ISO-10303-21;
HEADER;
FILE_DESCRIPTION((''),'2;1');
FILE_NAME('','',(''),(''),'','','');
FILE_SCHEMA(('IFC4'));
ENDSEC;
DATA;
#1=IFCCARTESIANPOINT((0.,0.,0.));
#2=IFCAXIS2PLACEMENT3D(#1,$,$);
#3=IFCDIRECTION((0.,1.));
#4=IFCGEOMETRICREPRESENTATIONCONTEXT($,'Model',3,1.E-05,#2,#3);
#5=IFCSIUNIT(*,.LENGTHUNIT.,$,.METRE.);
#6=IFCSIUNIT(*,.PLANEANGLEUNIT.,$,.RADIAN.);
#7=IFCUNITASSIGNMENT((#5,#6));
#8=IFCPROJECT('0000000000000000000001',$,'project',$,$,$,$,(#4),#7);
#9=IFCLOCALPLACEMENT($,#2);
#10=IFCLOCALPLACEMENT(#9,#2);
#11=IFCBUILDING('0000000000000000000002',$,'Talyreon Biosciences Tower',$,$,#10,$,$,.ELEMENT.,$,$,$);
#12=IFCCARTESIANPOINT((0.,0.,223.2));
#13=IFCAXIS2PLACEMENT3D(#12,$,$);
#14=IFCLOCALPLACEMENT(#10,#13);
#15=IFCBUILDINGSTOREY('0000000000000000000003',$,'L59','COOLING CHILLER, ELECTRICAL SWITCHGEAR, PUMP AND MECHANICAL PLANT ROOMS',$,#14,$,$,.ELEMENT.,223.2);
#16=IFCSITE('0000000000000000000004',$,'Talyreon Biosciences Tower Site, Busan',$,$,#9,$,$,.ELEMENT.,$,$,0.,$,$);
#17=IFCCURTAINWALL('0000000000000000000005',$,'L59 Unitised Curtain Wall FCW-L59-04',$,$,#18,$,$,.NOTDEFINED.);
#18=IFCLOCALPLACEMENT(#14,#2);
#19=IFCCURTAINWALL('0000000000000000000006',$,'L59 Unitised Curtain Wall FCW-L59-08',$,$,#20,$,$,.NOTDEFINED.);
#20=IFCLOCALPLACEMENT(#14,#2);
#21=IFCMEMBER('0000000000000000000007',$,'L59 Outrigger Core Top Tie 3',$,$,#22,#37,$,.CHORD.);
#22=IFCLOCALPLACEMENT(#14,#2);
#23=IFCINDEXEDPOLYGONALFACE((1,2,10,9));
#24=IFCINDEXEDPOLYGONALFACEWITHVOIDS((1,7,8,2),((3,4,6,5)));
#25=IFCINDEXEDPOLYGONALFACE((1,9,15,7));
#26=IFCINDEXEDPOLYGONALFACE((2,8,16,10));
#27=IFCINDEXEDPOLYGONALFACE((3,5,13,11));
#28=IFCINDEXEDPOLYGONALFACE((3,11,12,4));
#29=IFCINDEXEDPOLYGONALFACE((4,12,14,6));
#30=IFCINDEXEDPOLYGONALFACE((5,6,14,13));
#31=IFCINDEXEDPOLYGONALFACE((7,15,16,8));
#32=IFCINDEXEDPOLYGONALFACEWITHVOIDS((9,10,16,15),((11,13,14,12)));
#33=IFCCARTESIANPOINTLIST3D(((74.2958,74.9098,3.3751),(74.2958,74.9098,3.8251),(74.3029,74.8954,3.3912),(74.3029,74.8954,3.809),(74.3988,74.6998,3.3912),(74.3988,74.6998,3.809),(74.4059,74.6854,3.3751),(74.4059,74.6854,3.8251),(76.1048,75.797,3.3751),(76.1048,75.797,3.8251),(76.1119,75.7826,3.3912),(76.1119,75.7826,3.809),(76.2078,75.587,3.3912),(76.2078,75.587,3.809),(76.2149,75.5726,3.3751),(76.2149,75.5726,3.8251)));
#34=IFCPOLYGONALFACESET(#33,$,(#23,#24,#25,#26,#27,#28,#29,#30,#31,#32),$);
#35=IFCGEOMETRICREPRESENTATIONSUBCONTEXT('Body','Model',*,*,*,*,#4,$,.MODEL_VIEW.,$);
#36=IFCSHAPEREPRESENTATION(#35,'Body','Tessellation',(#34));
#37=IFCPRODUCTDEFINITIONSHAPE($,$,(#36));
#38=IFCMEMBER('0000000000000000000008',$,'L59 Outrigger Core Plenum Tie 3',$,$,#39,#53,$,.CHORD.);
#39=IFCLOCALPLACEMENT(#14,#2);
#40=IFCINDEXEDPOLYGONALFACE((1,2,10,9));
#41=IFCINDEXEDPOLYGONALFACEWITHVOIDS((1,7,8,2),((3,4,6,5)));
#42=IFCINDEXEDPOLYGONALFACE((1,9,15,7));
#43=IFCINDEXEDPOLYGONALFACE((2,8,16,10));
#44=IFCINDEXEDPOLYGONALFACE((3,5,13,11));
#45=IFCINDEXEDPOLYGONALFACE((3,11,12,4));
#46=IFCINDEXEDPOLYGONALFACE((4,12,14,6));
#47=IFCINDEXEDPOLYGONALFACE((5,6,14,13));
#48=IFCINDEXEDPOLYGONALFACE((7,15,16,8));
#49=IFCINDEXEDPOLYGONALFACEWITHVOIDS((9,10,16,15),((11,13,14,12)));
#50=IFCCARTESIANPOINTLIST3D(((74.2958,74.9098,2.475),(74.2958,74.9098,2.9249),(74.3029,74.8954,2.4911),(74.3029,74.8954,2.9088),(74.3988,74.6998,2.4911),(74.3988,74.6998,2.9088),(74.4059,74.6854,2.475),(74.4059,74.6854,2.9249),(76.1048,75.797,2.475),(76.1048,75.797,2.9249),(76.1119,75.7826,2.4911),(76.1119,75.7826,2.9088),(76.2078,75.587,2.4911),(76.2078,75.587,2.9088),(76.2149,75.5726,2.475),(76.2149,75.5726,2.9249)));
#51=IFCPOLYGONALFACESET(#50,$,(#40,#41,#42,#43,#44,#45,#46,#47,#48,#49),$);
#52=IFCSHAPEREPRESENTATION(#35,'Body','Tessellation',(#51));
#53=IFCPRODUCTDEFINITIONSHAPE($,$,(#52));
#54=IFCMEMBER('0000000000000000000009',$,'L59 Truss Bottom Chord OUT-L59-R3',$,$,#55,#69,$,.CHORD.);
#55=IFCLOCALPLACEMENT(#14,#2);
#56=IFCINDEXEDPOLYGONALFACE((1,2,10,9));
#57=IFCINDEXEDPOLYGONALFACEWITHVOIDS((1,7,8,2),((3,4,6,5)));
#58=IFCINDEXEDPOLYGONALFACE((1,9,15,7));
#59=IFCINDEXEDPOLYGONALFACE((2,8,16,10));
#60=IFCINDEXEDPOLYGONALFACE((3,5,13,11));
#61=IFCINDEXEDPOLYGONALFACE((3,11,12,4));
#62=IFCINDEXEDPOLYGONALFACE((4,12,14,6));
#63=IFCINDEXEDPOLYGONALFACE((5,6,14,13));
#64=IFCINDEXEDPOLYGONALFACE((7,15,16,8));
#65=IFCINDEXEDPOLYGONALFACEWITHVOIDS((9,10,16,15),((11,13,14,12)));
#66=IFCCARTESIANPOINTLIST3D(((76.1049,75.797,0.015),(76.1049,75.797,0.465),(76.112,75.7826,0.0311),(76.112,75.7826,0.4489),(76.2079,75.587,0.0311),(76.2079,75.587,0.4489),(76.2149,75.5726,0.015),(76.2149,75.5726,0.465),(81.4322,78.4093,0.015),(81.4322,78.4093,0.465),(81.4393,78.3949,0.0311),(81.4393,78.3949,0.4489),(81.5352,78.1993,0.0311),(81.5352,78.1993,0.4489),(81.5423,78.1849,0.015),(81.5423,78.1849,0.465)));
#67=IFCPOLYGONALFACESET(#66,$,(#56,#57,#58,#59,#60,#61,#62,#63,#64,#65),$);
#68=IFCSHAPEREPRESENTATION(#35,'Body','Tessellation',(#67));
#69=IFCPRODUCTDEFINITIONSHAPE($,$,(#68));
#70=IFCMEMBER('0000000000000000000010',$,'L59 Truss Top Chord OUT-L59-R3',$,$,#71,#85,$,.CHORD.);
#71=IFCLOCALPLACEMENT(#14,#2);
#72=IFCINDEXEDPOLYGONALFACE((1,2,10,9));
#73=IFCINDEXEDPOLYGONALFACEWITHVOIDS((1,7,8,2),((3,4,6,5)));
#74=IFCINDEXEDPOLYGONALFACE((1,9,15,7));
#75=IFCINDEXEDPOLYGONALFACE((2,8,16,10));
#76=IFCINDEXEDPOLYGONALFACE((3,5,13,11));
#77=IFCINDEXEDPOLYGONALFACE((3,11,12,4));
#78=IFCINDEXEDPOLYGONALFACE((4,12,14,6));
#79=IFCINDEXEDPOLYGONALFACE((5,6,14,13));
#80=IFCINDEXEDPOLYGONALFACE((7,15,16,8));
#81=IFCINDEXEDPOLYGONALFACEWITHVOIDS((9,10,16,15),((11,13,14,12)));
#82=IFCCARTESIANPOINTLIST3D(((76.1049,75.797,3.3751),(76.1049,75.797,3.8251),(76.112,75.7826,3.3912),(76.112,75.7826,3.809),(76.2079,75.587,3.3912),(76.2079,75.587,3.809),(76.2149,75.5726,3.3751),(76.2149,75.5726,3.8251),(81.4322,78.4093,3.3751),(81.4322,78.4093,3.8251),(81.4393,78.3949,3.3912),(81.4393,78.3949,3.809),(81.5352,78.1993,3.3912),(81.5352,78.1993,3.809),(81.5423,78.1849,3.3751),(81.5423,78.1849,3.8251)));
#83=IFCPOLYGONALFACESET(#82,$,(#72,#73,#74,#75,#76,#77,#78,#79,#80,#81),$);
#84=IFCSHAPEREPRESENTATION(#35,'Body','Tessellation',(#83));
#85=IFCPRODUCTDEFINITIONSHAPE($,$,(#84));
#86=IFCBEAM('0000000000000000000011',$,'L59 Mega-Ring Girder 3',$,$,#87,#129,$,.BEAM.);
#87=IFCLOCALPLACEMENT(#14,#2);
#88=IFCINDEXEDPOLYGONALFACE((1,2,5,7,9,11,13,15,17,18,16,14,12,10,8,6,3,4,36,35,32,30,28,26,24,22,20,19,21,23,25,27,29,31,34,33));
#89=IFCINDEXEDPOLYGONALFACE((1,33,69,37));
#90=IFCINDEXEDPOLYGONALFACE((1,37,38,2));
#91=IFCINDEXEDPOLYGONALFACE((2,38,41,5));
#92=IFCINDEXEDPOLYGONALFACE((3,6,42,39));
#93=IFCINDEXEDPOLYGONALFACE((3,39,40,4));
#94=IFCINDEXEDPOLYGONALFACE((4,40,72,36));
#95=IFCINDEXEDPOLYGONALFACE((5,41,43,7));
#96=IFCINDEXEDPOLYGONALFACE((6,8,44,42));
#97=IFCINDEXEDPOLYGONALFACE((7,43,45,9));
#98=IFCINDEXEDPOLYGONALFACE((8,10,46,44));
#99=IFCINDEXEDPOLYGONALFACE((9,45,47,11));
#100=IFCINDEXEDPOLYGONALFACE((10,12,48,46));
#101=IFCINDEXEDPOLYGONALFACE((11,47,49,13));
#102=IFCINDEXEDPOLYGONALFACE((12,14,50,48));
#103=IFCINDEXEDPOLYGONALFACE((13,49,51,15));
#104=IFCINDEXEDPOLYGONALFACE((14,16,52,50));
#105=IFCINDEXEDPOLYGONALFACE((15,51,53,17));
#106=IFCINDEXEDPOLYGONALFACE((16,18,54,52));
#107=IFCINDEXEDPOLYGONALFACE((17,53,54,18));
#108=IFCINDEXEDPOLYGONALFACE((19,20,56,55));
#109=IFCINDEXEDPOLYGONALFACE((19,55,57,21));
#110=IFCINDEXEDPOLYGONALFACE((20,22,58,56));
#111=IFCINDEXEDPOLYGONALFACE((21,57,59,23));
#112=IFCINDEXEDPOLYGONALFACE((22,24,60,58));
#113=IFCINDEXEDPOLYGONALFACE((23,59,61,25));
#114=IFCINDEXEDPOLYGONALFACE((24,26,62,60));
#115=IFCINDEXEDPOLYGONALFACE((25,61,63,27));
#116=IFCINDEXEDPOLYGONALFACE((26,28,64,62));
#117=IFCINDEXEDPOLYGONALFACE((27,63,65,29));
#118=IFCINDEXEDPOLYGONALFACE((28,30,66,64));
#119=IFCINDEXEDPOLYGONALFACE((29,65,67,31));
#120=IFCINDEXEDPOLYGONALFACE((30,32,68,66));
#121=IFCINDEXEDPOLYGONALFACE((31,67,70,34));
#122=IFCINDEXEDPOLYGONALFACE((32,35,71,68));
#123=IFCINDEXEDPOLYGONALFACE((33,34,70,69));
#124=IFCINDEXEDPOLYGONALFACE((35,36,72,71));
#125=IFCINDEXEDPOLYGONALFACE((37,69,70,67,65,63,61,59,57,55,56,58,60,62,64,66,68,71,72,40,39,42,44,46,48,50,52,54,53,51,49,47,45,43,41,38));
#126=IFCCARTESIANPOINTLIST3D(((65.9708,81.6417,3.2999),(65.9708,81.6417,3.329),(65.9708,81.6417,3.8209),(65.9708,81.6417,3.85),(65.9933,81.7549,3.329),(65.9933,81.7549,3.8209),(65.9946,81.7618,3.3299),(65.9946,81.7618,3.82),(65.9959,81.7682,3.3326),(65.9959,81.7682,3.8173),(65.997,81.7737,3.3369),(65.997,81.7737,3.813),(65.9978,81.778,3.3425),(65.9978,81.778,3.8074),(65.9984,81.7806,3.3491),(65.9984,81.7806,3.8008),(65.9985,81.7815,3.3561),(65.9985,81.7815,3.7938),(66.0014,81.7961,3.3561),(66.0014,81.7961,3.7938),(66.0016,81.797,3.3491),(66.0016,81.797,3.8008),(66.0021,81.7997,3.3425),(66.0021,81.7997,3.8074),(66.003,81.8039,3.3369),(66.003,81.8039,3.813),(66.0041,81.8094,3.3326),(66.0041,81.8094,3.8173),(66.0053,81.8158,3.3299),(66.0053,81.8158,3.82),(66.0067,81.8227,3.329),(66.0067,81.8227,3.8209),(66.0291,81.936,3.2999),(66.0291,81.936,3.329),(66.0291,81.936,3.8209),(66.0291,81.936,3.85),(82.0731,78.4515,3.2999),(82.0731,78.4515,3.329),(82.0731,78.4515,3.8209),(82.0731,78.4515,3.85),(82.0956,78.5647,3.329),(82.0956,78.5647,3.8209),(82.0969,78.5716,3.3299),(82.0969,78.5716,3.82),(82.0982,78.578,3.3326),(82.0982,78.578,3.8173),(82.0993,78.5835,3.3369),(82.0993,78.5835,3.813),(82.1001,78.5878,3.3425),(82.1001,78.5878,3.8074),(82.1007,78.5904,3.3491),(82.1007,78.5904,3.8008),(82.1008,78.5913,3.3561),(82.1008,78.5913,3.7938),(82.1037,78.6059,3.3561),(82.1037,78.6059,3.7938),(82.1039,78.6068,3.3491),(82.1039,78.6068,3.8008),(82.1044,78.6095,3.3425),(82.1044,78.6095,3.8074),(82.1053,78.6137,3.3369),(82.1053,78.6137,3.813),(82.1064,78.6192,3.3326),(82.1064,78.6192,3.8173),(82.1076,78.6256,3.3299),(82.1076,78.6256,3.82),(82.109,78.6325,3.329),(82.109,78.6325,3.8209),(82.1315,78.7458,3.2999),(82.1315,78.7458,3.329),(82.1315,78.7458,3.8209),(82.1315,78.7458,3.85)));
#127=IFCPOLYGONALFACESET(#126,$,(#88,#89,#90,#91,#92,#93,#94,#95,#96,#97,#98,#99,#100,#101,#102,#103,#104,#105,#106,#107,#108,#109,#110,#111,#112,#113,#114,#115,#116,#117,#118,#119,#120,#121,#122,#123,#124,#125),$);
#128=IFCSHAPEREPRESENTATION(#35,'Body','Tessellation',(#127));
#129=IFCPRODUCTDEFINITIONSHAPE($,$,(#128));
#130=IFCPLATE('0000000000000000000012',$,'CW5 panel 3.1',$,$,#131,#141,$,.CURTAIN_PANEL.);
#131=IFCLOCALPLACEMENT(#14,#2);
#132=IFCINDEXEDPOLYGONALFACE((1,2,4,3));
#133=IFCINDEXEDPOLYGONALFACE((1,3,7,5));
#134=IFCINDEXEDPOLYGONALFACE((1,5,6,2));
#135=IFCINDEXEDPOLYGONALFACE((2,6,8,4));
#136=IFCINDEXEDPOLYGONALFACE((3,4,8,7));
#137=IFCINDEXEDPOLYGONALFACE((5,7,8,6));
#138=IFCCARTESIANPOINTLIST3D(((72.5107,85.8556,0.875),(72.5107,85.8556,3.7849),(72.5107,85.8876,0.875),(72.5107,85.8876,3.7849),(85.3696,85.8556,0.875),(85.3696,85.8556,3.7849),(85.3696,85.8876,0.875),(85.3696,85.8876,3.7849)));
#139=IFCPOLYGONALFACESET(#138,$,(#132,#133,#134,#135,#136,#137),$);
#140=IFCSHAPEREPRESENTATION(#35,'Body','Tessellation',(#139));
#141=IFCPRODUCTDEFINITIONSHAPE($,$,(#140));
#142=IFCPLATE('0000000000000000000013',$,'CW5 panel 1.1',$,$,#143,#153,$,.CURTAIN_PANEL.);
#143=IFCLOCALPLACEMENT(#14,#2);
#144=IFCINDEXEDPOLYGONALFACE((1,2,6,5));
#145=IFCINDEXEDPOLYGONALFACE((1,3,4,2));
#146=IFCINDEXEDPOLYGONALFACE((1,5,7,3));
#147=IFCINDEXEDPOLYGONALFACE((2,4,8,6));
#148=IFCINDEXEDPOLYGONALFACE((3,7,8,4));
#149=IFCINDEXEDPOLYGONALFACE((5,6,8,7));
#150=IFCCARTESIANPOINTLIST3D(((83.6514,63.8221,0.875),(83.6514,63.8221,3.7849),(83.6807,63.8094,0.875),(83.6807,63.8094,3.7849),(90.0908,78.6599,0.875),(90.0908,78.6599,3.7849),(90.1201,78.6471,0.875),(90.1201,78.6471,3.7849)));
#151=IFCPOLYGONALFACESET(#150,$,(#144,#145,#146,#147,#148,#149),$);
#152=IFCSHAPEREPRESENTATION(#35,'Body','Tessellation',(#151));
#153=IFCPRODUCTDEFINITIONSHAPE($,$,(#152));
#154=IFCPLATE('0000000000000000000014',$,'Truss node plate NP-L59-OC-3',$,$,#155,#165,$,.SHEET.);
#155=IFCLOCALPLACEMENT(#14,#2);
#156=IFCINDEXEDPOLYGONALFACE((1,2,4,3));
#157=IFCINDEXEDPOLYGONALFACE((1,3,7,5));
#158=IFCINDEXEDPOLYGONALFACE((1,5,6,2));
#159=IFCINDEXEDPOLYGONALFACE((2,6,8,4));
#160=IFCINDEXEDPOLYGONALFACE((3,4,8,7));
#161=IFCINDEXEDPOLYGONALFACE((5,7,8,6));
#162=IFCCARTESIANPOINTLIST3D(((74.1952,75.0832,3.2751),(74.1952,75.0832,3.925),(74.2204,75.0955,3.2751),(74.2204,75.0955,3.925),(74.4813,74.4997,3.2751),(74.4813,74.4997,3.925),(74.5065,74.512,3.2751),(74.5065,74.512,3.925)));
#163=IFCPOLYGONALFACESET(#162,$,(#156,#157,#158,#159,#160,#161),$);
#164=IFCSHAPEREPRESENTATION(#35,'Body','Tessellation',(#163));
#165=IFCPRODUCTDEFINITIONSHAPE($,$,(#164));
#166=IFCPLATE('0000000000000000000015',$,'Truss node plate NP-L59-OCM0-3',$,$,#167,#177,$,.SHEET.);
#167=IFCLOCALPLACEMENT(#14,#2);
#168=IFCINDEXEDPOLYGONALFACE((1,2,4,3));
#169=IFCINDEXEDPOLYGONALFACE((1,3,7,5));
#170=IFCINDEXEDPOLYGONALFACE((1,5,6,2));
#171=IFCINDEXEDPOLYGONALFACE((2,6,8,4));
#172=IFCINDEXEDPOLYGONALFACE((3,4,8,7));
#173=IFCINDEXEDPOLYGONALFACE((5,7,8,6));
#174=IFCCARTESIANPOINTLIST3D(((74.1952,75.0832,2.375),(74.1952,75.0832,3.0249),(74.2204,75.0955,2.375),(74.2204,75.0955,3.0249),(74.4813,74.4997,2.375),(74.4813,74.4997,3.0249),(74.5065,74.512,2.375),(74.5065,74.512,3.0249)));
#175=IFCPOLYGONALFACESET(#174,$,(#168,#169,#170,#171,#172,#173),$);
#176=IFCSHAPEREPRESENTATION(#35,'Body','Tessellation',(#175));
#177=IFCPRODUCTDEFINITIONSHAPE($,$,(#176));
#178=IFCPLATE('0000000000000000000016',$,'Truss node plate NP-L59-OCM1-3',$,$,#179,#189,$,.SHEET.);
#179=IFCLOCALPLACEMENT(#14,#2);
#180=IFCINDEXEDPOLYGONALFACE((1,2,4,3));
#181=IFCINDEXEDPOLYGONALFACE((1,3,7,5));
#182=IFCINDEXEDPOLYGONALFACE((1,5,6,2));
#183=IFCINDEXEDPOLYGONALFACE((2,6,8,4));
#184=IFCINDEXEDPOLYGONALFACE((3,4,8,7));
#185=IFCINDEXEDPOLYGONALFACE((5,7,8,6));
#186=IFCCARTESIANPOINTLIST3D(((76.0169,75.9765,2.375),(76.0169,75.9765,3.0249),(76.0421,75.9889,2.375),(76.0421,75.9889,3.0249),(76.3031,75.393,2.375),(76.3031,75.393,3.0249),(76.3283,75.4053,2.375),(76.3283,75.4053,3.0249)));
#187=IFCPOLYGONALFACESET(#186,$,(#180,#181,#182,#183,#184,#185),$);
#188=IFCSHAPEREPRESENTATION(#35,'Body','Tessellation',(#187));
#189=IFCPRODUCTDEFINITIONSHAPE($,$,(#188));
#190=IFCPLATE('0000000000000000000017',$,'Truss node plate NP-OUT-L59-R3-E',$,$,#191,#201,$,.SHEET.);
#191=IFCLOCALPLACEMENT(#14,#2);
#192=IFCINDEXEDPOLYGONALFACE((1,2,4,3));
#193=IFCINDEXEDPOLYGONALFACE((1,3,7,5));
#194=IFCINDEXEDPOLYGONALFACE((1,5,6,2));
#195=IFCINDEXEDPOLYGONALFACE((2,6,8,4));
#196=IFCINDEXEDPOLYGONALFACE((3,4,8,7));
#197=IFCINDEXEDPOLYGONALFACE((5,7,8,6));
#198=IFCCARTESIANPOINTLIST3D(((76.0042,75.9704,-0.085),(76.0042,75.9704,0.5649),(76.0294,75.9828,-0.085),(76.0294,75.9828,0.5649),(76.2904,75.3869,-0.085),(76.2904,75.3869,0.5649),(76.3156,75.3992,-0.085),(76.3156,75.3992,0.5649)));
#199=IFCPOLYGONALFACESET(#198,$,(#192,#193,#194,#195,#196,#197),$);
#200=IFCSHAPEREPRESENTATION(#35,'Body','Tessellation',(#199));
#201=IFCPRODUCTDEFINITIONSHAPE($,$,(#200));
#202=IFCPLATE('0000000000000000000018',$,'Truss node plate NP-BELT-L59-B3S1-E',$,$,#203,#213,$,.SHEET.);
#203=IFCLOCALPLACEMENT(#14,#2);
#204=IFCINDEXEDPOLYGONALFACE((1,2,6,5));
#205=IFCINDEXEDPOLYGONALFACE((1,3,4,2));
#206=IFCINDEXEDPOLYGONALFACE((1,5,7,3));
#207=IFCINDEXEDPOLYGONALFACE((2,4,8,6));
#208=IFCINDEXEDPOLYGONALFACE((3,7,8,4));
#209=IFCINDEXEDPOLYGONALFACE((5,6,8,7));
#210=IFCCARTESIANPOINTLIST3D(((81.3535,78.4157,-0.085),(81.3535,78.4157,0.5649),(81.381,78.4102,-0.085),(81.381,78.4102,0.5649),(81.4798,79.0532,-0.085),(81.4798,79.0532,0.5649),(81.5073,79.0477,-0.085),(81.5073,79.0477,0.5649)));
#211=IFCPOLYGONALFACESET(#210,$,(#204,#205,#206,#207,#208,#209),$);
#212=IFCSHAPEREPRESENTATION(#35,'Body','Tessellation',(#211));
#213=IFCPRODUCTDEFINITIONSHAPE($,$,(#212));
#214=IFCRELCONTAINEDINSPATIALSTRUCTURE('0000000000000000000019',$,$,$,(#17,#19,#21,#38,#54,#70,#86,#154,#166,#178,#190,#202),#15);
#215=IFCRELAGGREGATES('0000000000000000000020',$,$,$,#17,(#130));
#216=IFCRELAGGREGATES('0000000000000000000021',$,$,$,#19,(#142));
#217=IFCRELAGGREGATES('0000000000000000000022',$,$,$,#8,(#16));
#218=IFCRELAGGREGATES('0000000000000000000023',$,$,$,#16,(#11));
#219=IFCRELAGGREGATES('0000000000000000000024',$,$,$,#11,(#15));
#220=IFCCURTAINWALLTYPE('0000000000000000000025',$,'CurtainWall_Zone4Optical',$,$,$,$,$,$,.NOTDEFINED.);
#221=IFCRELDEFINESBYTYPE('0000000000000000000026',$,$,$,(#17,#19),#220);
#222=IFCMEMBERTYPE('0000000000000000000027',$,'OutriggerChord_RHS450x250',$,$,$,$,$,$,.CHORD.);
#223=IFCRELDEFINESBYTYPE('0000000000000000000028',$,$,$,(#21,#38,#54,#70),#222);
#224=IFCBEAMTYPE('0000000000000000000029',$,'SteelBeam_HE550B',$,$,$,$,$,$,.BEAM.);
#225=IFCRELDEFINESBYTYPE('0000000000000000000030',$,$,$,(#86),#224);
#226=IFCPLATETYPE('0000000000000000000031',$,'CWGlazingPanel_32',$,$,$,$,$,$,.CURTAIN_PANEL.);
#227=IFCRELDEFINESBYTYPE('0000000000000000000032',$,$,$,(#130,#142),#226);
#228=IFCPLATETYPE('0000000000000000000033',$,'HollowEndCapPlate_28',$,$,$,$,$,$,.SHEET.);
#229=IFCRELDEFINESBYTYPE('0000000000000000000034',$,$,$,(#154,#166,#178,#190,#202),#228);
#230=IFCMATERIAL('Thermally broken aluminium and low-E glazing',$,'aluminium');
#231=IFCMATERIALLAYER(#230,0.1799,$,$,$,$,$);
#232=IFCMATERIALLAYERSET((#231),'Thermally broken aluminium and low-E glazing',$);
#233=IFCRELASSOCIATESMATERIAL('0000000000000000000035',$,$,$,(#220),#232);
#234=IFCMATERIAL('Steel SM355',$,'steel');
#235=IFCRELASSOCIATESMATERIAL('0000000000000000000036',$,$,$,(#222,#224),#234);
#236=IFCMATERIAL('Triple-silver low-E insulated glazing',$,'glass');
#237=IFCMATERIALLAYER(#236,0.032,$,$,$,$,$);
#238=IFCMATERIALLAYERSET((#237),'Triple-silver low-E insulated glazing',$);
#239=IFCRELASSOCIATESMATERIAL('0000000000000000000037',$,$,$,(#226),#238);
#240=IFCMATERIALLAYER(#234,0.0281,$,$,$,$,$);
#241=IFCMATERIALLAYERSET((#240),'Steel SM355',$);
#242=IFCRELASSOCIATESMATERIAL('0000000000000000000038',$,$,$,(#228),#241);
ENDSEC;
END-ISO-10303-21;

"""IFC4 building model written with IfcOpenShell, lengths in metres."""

from ifc_helpers import new_model, si_unit, direction, frame, origin, origin_2d, place, context, subcontext, project, spatial, rectangle, hollow_rectangle, i_section, extrude, material, layer, layer_set, material_profile, profile_set, type_object, element, aggregate, save


model = new_model("IFC4")

# Units and contexts
model_context = context("Model", 3, precision=1e-05, world=origin(), true_north=direction((0.0, 1.0)))
body_context = subcontext(model_context, "Body", "Model", "MODEL_VIEW")
ifc_project = project(units=[si_unit("LENGTHUNIT", "METRE"), si_unit("PLANEANGLEUNIT", "RADIAN")], contexts=[model_context])

# Site, building, storey
site_placement = place(None, origin())
site = spatial("IfcSite", under=ifc_project, at=site_placement, Name="Talyreon Biosciences Tower Site, Busan", CompositionType="ELEMENT", RefElevation=0.0)
building_placement = place(site_placement, origin())
building = spatial("IfcBuilding", under=site, at=building_placement, Name="Talyreon Biosciences Tower", CompositionType="ELEMENT")
storey_placement = place(building_placement, frame((0.0, 0.0, 223.2)))
storey = spatial("IfcBuildingStorey", under=building, at=storey_placement, Name="L59", Description="COOLING CHILLER, ELECTRICAL SWITCHGEAR, PUMP AND MECHANICAL PLANT ROOMS", CompositionType="ELEMENT", Elevation=223.2)

# Shared definitions
ifc_material_1 = material(Name="Steel SM355", Category="steel")

# Curtain wall
ifc_material_2 = material(Name="Thermally broken aluminium and low-E glazing", Category="aluminium")
ifc_layer_1 = layer(ifc_material_2, 0.1799)
ifc_layer_set_1 = layer_set([ifc_layer_1], Name="Thermally broken aluminium and low-E glazing")
curtain_wall_type = type_object("IfcCurtainWallType", Name="CurtainWall_Zone4Optical", PredefinedType="NOTDEFINED", material=ifc_layer_set_1)
curtain_wall_1_placement = place(storey_placement, origin())
curtain_wall_1 = element("IfcCurtainWall", 1, at=curtain_wall_1_placement, inside=storey, type_object=curtain_wall_type, Name="L59 Unitised Curtain Wall FCW-L59-04", PredefinedType="NOTDEFINED")

# Curtain wall
curtain_wall_2_placement = place(storey_placement, origin())
curtain_wall_2 = element("IfcCurtainWall", 2, at=curtain_wall_2_placement, inside=storey, type_object=curtain_wall_type, Name="L59 Unitised Curtain Wall FCW-L59-08", PredefinedType="NOTDEFINED")

# Members
ifc_material_profile_1 = material_profile(ifc_material_1, hollow_rectangle(XDim=0.25, YDim=0.45, WallThickness=0.0161, at=origin_2d()), Name="RHS 450x250x16")
ifc_profile_set_1 = profile_set([ifc_material_profile_1], Name="Steel SM355")
member_type_1 = type_object("IfcMemberType", Name="OutriggerChord_RHS450x250", PredefinedType="CHORD", material=ifc_profile_set_1)
for number, where, z_axis, x_axis, name in (
    (3, (74.3508, 74.7976, 3.6001), (0.897842, 0.440318, 0.0), (-0.440318, 0.897842, 0.0), "L59 Outrigger Core Top Tie 3"),
    (4, (74.3508, 74.7976, 2.7), (0.897842, 0.440318, 0.0), (-0.440318, 0.897842, 0.0), "L59 Outrigger Core Plenum Tie 3"),
):
    element("IfcMember", number, at=place(storey_placement, frame(where, z_axis=z_axis, x_axis=x_axis)), inside=storey, type_object=member_type_1, Name=name, PredefinedType="CHORD", context=body_context, shape_type="SweptSolid", body=[
        extrude(hollow_rectangle(XDim=0.25, YDim=0.45, WallThickness=0.0161, at=origin_2d()), origin(), (0.0, 0.0, 1.0), 2.0149),
    ])
for number, where, z_axis, x_axis, name in (
    (5, (76.1599, 75.6848, 0.24), (0.897865, 0.440271, 0.0), (-0.440271, 0.897865, 0.0), "L59 Truss Bottom Chord OUT-L59-R3"),
    (6, (76.1599, 75.6848, 3.6001), (0.897865, 0.440271, 0.0), (-0.440271, 0.897865, 0.0), "L59 Truss Top Chord OUT-L59-R3"),
):
    element("IfcMember", number, at=place(storey_placement, frame(where, z_axis=z_axis, x_axis=x_axis)), inside=storey, type_object=member_type_1, Name=name, PredefinedType="CHORD", context=body_context, shape_type="SweptSolid", body=[
        extrude(hollow_rectangle(XDim=0.25, YDim=0.45, WallThickness=0.0161, at=origin_2d()), origin(), (0.0, 0.0, 1.0), 5.9333),
    ])

# Beam
ifc_material_profile_2 = material_profile(ifc_material_1, i_section(OverallWidth=0.3, OverallDepth=0.55, WebThickness=0.0149, FlangeThickness=0.0291, FilletRadius=0.0271, at=origin_2d()), Name="HE550B")
ifc_profile_set_2 = profile_set([ifc_material_profile_2], Name="Steel SM355")
beam_type_1 = type_object("IfcBeamType", Name="SteelBeam_HE550B", PredefinedType="BEAM", material=ifc_profile_set_2)
beam_1_placement = place(storey_placement, frame((82.1023, 78.5986, 3.575), z_axis=(-0.980934, 0.194343, 0.0), x_axis=(-0.194343, -0.980934, 0.0)))
element("IfcBeam", 7, at=beam_1_placement, inside=storey, type_object=beam_type_1, Name="L59 Mega-Ring Girder 3", PredefinedType="BEAM", context=body_context, shape_type="SweptSolid", body=[
    extrude(i_section(OverallWidth=0.3, OverallDepth=0.55, WebThickness=0.0149, FlangeThickness=0.0291, FilletRadius=0.0271, at=origin_2d()), origin(), (0.0, 0.0, 1.0), 16.4153),
])

# Plates
ifc_material_3 = material(Name="Triple-silver low-E insulated glazing", Category="glass")
ifc_layer_2 = layer(ifc_material_3, 0.032)
ifc_layer_set_2 = layer_set([ifc_layer_2], Name="Triple-silver low-E insulated glazing")
plate_type_1 = type_object("IfcPlateType", Name="CWGlazingPanel_32", PredefinedType="CURTAIN_PANEL", material=ifc_layer_set_2)
plate_1_placement = place(storey_placement, frame((78.9402, 85.8716, 0.875), z_axis=(0.0, 0.0, 1.0), x_axis=(1.0, 0.0, 0.0)))
plate_1 = element("IfcPlate", 8, at=plate_1_placement, type_object=plate_type_1, Name="CW5 panel 3.1", PredefinedType="CURTAIN_PANEL", context=body_context, shape_type="SweptSolid", body=[
    extrude(rectangle(XDim=12.8589, YDim=0.032, at=origin_2d()), origin(), (0.0, 0.0, 1.0), 2.9099),
])
aggregate(curtain_wall_1, [plate_1])
plate_2_placement = place(storey_placement, frame((86.8857, 71.2346, 0.875), z_axis=(0.0, 0.0, 1.0), x_axis=(-0.398112, -0.917337, 0.0)))
plate_2 = element("IfcPlate", 9, at=plate_2_placement, type_object=plate_type_1, Name="CW5 panel 1.1", PredefinedType="CURTAIN_PANEL", context=body_context, shape_type="SweptSolid", body=[
    extrude(rectangle(XDim=16.1748, YDim=0.032, at=origin_2d()), origin(), (0.0, 0.0, 1.0), 2.9099),
])
aggregate(curtain_wall_2, [plate_2])

# Plates
ifc_layer_3 = layer(ifc_material_1, 0.0281)
ifc_layer_set_3 = layer_set([ifc_layer_3], Name="Steel SM355")
plate_type_2 = type_object("IfcPlateType", Name="HollowEndCapPlate_28", PredefinedType="SHEET", material=ifc_layer_set_3)
for number, where, z_axis, x_axis, name in (
    (10, (74.3508, 74.7976, 3.2751), (0.0, 0.0, 1.0), (-0.440284, 0.897859, 0.0), "Truss node plate NP-L59-OC-3"),
    (11, (74.3508, 74.7976, 2.375), (0.0, 0.0, 1.0), (-0.440284, 0.897859, 0.0), "Truss node plate NP-L59-OCM0-3"),
    (12, (76.1726, 75.6909, 2.375), (0.0, 0.0, 1.0), (-0.440284, 0.897859, 0.0), "Truss node plate NP-L59-OCM1-3"),
    (13, (76.1599, 75.6848, -0.085), (0.0, 0.0, 1.0), (-0.440284, 0.897859, 0.0), "Truss node plate NP-OUT-L59-R3-E"),
    (14, (81.4304, 78.7317, -0.085), (0.0, 0.0, 1.0), (-0.194337, -0.980935, 0.0), "Truss node plate NP-BELT-L59-B3S1-E"),
):
    element("IfcPlate", number, at=place(storey_placement, frame(where, z_axis=z_axis, x_axis=x_axis)), inside=storey, type_object=plate_type_2, Name=name, PredefinedType="SHEET", context=body_context, shape_type="SweptSolid", body=[
        extrude(rectangle(XDim=0.6499, YDim=0.0281, at=origin_2d()), origin(), (0.0, 0.0, 1.0), 0.6499),
    ])

save(model, "model.ifc")
